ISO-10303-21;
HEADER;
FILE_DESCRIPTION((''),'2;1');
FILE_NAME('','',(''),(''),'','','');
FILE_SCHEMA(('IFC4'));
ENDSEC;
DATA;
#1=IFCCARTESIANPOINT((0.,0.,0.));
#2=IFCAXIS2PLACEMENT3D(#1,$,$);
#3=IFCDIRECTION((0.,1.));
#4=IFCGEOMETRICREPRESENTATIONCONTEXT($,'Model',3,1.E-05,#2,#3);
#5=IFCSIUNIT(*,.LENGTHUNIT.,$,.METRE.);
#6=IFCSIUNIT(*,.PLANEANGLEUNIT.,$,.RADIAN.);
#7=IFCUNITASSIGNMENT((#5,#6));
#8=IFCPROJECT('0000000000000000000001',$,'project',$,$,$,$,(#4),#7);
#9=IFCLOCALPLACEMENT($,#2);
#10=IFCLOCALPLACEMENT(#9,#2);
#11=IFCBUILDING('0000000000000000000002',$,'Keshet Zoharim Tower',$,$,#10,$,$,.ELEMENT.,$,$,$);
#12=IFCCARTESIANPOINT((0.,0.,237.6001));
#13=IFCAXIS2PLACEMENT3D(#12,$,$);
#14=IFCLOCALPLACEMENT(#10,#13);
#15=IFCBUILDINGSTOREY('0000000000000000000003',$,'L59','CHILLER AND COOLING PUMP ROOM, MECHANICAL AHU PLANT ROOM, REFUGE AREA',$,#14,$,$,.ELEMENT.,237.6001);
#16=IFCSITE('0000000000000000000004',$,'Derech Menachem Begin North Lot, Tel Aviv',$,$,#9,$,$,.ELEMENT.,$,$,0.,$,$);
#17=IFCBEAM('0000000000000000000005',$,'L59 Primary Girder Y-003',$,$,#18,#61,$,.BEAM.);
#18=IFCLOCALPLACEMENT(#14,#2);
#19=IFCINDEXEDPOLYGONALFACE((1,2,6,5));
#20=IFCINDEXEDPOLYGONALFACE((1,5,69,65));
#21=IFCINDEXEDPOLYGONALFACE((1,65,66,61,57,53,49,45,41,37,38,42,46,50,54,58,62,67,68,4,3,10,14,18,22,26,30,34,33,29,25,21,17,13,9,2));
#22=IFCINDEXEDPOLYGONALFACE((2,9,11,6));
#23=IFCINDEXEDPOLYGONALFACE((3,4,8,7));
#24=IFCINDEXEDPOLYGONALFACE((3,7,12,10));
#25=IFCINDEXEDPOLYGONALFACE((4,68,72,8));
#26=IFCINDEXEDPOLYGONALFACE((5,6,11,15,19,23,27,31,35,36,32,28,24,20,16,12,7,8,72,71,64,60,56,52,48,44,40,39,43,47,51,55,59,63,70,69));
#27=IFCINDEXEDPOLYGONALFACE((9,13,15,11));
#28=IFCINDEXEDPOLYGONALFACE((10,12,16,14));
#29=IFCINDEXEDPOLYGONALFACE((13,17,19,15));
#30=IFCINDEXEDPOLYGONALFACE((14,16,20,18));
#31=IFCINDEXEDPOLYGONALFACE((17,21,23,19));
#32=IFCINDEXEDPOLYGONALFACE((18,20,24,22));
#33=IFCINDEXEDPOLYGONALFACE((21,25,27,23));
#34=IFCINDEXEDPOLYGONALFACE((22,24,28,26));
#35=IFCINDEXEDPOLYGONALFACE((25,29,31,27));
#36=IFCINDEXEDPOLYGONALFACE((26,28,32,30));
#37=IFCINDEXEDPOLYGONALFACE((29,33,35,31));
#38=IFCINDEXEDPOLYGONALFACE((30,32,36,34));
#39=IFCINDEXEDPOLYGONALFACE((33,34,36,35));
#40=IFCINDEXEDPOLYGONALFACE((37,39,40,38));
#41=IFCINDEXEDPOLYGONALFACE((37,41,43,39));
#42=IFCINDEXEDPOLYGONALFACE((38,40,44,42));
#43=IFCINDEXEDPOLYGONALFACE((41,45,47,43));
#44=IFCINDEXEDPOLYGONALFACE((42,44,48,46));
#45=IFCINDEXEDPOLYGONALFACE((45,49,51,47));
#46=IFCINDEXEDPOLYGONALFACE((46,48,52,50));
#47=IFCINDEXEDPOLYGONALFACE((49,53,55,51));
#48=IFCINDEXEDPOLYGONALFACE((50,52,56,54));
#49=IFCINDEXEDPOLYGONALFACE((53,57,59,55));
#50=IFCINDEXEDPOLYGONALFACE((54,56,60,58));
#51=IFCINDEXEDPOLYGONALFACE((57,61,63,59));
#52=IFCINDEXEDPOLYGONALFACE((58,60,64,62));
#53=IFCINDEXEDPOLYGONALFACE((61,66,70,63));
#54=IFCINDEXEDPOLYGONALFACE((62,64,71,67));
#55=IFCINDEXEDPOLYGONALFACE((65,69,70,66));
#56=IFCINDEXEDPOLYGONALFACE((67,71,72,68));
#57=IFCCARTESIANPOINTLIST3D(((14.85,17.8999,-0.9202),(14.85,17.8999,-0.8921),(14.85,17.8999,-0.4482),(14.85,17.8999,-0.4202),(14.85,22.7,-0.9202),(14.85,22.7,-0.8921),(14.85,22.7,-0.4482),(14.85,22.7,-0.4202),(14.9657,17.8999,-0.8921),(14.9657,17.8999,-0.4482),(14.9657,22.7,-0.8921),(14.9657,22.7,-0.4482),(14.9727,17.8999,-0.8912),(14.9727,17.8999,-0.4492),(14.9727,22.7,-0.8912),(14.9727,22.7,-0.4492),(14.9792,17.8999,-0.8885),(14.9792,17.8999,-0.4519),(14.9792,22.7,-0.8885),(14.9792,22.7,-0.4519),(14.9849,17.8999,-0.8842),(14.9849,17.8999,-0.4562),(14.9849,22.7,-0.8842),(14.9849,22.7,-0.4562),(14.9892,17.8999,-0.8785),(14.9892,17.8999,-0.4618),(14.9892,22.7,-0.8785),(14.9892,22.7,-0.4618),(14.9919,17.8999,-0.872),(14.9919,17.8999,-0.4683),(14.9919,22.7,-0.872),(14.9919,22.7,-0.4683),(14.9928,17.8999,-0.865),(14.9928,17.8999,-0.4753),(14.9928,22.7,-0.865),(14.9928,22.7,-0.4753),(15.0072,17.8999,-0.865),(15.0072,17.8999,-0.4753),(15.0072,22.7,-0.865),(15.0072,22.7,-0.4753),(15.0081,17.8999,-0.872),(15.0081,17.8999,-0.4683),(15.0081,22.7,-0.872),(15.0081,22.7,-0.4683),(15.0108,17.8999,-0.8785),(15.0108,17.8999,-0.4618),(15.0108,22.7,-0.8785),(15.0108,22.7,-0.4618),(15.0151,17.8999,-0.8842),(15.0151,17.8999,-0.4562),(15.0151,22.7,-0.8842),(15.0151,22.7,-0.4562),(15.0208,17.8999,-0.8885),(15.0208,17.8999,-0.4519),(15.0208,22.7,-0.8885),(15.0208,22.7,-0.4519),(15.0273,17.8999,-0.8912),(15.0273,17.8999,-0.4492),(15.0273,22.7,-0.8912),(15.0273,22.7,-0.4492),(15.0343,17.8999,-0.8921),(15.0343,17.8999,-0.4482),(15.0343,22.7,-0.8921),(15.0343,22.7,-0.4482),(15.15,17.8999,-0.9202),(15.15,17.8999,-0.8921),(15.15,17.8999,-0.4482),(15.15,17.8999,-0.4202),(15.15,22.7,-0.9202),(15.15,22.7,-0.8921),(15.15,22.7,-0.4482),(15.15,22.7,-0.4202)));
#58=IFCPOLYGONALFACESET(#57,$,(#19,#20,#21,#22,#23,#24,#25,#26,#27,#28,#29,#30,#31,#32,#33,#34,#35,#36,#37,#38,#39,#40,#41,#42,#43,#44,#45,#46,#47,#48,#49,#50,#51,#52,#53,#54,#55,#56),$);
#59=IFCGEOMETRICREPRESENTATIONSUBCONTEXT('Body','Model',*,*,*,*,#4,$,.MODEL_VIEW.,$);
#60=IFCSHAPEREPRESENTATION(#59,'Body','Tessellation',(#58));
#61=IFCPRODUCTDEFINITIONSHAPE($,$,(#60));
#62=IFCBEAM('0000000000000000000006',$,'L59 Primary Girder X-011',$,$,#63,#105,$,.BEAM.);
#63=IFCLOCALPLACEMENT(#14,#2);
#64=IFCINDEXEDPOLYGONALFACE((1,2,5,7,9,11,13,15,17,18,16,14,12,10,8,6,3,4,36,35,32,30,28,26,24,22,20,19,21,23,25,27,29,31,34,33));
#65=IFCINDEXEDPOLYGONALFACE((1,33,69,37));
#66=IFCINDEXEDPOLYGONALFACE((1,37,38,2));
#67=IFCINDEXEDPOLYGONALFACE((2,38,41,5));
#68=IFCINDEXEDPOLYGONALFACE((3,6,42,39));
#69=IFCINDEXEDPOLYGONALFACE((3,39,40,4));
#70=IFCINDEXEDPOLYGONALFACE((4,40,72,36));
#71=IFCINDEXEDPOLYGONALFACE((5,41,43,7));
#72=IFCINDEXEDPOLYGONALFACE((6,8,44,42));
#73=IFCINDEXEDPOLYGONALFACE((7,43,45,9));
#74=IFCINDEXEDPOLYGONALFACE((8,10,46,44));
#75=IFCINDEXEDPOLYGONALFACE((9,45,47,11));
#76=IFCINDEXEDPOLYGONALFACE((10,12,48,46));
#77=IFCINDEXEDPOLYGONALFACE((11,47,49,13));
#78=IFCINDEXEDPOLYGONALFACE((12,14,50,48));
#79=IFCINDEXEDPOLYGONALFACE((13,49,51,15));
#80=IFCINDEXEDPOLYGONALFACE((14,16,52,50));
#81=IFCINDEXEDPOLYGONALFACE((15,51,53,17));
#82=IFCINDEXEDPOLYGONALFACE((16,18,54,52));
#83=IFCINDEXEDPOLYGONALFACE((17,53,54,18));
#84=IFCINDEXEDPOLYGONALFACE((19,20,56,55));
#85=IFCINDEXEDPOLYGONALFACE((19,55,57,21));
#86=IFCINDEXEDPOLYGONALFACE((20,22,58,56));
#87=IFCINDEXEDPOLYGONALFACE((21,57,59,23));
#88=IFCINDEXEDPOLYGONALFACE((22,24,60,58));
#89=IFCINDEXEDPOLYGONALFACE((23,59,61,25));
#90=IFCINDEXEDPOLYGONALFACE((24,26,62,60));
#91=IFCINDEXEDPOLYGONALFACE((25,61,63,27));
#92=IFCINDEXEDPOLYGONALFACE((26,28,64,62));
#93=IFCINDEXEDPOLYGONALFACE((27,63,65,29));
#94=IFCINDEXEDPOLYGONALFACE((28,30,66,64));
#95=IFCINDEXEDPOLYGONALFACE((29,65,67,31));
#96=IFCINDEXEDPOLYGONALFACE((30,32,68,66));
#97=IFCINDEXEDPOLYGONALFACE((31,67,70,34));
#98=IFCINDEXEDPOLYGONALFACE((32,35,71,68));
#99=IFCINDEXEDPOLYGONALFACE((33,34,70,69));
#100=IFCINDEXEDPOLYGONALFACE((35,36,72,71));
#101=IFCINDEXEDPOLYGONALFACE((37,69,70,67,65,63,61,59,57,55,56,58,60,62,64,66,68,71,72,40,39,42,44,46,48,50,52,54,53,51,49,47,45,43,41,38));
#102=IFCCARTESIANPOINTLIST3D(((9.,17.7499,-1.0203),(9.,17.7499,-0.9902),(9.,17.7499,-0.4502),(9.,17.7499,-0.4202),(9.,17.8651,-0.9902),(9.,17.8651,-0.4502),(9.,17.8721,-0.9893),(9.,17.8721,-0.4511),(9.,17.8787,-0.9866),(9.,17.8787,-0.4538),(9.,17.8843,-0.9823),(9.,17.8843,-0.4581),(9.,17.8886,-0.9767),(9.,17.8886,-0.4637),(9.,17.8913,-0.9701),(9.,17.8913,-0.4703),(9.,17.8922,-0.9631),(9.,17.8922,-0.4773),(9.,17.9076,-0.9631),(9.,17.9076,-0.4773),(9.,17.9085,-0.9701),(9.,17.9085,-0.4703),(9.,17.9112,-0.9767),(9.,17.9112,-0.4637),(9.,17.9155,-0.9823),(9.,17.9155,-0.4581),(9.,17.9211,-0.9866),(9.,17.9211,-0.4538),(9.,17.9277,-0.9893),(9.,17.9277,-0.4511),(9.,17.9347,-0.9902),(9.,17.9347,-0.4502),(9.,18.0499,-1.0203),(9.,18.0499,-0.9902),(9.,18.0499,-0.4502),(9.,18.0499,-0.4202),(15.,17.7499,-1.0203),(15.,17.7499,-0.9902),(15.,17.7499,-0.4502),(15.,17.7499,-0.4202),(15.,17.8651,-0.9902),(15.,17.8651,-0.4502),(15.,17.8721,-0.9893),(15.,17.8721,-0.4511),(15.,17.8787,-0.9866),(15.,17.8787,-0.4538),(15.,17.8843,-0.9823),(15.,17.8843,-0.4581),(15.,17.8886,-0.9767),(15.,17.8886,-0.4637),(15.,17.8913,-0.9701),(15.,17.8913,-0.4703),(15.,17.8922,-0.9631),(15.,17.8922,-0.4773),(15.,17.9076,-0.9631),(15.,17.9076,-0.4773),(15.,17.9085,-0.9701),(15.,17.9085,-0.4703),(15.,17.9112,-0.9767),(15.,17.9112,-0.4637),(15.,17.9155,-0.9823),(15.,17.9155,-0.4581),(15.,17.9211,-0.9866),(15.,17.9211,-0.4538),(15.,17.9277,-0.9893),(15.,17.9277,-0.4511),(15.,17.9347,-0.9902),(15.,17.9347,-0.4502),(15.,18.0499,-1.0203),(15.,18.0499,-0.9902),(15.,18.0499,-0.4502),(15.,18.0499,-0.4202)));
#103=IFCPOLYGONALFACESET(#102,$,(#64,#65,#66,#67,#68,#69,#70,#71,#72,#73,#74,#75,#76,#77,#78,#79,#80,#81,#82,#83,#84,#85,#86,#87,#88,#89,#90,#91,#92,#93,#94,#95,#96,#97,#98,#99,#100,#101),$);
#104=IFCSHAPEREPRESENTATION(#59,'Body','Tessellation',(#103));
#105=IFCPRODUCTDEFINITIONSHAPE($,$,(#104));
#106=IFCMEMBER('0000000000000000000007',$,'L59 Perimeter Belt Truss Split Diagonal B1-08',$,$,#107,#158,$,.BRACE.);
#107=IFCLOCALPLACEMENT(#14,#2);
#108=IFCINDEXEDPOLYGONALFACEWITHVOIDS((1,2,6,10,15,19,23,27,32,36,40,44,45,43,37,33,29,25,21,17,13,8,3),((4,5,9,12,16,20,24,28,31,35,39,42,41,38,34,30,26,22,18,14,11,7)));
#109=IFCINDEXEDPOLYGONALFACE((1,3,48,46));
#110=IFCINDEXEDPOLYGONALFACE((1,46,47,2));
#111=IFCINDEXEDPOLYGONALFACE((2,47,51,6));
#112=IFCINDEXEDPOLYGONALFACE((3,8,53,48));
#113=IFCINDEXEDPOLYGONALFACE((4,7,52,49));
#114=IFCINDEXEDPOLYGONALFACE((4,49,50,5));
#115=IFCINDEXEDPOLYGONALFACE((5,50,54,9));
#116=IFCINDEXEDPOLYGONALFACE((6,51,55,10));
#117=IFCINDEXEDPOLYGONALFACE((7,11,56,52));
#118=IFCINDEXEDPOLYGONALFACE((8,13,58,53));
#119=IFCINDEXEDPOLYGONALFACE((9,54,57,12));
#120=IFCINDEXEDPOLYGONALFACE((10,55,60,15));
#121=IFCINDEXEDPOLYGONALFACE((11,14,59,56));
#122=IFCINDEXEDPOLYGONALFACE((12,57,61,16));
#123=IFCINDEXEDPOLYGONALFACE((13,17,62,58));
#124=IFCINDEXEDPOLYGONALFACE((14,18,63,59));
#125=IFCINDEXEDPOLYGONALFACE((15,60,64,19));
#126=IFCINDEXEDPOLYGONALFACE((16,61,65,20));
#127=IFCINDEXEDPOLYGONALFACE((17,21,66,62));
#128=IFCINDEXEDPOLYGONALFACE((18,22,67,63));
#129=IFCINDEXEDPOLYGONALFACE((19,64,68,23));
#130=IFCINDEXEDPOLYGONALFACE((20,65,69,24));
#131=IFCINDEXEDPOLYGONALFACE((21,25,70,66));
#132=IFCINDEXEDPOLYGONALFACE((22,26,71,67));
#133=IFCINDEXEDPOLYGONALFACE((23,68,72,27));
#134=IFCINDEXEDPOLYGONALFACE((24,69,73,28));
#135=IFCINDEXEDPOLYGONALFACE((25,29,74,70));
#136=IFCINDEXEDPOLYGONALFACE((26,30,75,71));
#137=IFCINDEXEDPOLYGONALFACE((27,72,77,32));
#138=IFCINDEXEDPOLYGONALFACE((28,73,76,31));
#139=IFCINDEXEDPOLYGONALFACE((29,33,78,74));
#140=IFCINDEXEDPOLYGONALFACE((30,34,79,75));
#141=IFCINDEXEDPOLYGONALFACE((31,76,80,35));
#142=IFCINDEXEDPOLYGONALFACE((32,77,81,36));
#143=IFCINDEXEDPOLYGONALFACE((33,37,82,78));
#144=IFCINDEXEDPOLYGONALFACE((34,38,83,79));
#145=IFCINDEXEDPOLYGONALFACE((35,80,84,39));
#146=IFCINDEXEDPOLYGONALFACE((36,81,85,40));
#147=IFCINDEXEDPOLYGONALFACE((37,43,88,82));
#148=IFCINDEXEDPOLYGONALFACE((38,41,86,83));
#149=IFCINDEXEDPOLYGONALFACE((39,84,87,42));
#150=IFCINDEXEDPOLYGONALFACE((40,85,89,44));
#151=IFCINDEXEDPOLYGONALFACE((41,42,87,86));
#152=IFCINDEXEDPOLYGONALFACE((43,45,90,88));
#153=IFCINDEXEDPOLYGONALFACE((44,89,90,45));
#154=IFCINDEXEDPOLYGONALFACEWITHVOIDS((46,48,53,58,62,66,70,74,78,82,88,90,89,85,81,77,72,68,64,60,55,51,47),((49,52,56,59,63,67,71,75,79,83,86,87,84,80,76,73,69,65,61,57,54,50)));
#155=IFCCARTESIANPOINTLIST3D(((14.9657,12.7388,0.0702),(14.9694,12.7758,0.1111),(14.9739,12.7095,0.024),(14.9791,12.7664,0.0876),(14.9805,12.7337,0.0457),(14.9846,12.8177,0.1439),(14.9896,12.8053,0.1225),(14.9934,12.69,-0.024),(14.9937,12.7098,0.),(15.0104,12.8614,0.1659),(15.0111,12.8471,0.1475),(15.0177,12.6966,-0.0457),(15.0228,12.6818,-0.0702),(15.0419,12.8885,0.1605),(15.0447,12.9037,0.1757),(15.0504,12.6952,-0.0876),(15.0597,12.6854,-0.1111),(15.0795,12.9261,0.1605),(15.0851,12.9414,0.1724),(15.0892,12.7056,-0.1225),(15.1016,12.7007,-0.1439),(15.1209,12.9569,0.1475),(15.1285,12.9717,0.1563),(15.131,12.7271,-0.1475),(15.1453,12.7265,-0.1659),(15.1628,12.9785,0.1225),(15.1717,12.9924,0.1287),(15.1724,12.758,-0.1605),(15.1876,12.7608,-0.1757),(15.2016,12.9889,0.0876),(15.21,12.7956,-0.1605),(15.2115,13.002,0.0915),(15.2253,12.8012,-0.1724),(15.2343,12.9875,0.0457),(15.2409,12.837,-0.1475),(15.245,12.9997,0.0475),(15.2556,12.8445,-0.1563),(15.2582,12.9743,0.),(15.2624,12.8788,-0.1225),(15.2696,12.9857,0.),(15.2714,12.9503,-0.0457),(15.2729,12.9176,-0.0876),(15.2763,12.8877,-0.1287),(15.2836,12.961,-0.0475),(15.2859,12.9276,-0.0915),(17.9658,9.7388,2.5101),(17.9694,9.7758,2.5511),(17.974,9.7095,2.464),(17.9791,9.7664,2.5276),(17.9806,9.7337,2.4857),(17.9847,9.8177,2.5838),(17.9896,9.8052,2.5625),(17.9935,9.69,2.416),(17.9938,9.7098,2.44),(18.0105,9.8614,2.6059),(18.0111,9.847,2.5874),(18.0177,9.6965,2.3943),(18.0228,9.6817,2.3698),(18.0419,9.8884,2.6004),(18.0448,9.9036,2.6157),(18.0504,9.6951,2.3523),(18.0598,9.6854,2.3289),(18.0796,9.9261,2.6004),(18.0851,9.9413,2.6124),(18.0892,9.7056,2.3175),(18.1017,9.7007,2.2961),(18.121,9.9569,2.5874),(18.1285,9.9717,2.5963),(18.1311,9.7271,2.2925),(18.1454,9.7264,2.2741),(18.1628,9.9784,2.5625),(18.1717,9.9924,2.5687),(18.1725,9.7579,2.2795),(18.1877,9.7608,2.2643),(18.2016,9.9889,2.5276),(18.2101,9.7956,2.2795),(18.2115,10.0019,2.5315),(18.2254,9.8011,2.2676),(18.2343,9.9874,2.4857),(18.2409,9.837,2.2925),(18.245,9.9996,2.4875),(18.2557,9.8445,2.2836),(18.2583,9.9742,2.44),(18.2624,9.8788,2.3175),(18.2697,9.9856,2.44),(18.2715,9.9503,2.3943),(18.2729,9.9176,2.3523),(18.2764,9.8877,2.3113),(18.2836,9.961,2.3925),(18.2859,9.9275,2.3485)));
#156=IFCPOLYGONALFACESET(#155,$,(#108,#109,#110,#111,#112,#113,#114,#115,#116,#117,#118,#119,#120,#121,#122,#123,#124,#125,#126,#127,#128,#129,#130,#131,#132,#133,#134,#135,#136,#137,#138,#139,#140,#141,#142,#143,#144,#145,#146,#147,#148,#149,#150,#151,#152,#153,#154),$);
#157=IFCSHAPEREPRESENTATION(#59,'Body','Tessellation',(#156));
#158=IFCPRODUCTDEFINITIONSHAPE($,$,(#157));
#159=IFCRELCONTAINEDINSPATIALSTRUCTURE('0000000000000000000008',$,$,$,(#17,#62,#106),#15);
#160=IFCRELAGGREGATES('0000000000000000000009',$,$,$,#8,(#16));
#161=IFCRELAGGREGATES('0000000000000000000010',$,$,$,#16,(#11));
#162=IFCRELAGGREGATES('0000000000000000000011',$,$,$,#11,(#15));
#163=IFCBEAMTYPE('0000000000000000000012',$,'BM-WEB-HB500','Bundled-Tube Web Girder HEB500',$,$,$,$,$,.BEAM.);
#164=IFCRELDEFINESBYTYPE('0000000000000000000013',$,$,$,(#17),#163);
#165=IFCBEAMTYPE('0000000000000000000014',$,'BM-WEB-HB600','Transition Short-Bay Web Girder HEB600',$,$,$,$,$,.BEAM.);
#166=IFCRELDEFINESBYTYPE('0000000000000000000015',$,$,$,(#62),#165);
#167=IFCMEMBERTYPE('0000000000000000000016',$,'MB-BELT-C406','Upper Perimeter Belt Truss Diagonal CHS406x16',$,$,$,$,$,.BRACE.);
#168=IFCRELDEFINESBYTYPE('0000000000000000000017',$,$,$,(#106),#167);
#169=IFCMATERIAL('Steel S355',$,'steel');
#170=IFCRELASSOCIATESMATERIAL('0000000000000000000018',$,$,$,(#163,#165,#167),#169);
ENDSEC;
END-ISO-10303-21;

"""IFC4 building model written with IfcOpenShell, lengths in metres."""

from ifc_helpers import new_model, si_unit, direction, frame, origin, origin_2d, place, context, subcontext, project, spatial, hollow_circle, i_section, extrude, material, material_profile, profile_set, type_object, element, save


model = new_model("IFC4")

# Units and contexts
model_context = context("Model", 3, precision=1e-05, world=origin(), true_north=direction((0.0, 1.0)))
body_context = subcontext(model_context, "Body", "Model", "MODEL_VIEW")
ifc_project = project(units=[si_unit("LENGTHUNIT", "METRE"), si_unit("PLANEANGLEUNIT", "RADIAN")], contexts=[model_context])

# Site, building, storey
site_placement = place(None, origin())
site = spatial("IfcSite", under=ifc_project, at=site_placement, Name="Derech Menachem Begin North Lot, Tel Aviv", CompositionType="ELEMENT", RefElevation=0.0)
building_placement = place(site_placement, origin())
building = spatial("IfcBuilding", under=site, at=building_placement, Name="Keshet Zoharim Tower", CompositionType="ELEMENT")
storey_placement = place(building_placement, frame((0.0, 0.0, 237.6001)))
storey = spatial("IfcBuildingStorey", under=building, at=storey_placement, Name="L59", Description="CHILLER AND COOLING PUMP ROOM, MECHANICAL AHU PLANT ROOM, REFUGE AREA", CompositionType="ELEMENT", Elevation=237.6001)

# Shared definitions
ifc_material_1 = material(Name="Steel S355", Category="steel")

# Beams
ifc_material_profile_1 = material_profile(ifc_material_1, i_section(OverallWidth=0.3, OverallDepth=0.5, WebThickness=0.0144, FlangeThickness=0.0281, FilletRadius=0.0271, at=origin_2d()), Name="HEB500")
ifc_profile_set_1 = profile_set([ifc_material_profile_1], Name="Steel S355")
beam_type_1 = type_object("IfcBeamType", Name="BM-WEB-HB500", Description="Bundled-Tube Web Girder HEB500", PredefinedType="BEAM", material=ifc_profile_set_1)
beam_1_placement = place(storey_placement, frame((15.0, 17.8999, -0.6702), z_axis=(0.0, 1.0, 0.0), x_axis=(-1.0, 0.0, 0.0)))
element("IfcBeam", 1, at=beam_1_placement, inside=storey, type_object=beam_type_1, Name="L59 Primary Girder Y-003", PredefinedType="BEAM", context=body_context, shape_type="SweptSolid", body=[
    extrude(i_section(OverallWidth=0.3, OverallDepth=0.5, WebThickness=0.0144, FlangeThickness=0.0281, FilletRadius=0.0271, at=origin_2d()), origin(), (0.0, 0.0, 1.0), 4.8),
])
ifc_material_profile_2 = material_profile(ifc_material_1, i_section(OverallWidth=0.3, OverallDepth=0.6001, WebThickness=0.0154, FlangeThickness=0.03, FilletRadius=0.0271, at=origin_2d()), Name="HEB600")
ifc_profile_set_2 = profile_set([ifc_material_profile_2], Name="Steel S355")
beam_type_2 = type_object("IfcBeamType", Name="BM-WEB-HB600", Description="Transition Short-Bay Web Girder HEB600", PredefinedType="BEAM", material=ifc_profile_set_2)
beam_2_placement = place(storey_placement, frame((9.0, 17.8999, -0.7202), z_axis=(1.0, 0.0, 0.0), x_axis=(0.0, 1.0, 0.0)))
element("IfcBeam", 2, at=beam_2_placement, inside=storey, type_object=beam_type_2, Name="L59 Primary Girder X-011", PredefinedType="BEAM", context=body_context, shape_type="SweptSolid", body=[
    extrude(i_section(OverallWidth=0.3, OverallDepth=0.6001, WebThickness=0.0154, FlangeThickness=0.03, FilletRadius=0.0271, at=origin_2d()), origin(), (0.0, 0.0, 1.0), 6.0),
])

# Member
ifc_material_profile_3 = material_profile(ifc_material_1, hollow_circle(Radius=0.2031, WallThickness=0.0161, at=origin_2d()), Name="CHS406x16")
ifc_profile_set_3 = profile_set([ifc_material_profile_3], Name="Steel S355")
member_type_1 = type_object("IfcMemberType", Name="MB-BELT-C406", Description="Upper Perimeter Belt Truss Diagonal CHS406x16", PredefinedType="BRACE", material=ifc_profile_set_3)
member_1_placement = place(storey_placement, frame((15.126, 12.842, 0.0), z_axis=(0.612969, -0.612969, 0.498536), x_axis=(0.707107, 0.707107, 0.0)))
element("IfcMember", 3, at=member_1_placement, inside=storey, type_object=member_type_1, Name="L59 Perimeter Belt Truss Split Diagonal B1-08", PredefinedType="BRACE", context=body_context, shape_type="SweptSolid", body=[
    extrude(hollow_circle(Radius=0.2031, WallThickness=0.0161, at=origin_2d()), origin(), (0.0, 0.0, 1.0), 4.8943),
])

save(model, "model.ifc")
